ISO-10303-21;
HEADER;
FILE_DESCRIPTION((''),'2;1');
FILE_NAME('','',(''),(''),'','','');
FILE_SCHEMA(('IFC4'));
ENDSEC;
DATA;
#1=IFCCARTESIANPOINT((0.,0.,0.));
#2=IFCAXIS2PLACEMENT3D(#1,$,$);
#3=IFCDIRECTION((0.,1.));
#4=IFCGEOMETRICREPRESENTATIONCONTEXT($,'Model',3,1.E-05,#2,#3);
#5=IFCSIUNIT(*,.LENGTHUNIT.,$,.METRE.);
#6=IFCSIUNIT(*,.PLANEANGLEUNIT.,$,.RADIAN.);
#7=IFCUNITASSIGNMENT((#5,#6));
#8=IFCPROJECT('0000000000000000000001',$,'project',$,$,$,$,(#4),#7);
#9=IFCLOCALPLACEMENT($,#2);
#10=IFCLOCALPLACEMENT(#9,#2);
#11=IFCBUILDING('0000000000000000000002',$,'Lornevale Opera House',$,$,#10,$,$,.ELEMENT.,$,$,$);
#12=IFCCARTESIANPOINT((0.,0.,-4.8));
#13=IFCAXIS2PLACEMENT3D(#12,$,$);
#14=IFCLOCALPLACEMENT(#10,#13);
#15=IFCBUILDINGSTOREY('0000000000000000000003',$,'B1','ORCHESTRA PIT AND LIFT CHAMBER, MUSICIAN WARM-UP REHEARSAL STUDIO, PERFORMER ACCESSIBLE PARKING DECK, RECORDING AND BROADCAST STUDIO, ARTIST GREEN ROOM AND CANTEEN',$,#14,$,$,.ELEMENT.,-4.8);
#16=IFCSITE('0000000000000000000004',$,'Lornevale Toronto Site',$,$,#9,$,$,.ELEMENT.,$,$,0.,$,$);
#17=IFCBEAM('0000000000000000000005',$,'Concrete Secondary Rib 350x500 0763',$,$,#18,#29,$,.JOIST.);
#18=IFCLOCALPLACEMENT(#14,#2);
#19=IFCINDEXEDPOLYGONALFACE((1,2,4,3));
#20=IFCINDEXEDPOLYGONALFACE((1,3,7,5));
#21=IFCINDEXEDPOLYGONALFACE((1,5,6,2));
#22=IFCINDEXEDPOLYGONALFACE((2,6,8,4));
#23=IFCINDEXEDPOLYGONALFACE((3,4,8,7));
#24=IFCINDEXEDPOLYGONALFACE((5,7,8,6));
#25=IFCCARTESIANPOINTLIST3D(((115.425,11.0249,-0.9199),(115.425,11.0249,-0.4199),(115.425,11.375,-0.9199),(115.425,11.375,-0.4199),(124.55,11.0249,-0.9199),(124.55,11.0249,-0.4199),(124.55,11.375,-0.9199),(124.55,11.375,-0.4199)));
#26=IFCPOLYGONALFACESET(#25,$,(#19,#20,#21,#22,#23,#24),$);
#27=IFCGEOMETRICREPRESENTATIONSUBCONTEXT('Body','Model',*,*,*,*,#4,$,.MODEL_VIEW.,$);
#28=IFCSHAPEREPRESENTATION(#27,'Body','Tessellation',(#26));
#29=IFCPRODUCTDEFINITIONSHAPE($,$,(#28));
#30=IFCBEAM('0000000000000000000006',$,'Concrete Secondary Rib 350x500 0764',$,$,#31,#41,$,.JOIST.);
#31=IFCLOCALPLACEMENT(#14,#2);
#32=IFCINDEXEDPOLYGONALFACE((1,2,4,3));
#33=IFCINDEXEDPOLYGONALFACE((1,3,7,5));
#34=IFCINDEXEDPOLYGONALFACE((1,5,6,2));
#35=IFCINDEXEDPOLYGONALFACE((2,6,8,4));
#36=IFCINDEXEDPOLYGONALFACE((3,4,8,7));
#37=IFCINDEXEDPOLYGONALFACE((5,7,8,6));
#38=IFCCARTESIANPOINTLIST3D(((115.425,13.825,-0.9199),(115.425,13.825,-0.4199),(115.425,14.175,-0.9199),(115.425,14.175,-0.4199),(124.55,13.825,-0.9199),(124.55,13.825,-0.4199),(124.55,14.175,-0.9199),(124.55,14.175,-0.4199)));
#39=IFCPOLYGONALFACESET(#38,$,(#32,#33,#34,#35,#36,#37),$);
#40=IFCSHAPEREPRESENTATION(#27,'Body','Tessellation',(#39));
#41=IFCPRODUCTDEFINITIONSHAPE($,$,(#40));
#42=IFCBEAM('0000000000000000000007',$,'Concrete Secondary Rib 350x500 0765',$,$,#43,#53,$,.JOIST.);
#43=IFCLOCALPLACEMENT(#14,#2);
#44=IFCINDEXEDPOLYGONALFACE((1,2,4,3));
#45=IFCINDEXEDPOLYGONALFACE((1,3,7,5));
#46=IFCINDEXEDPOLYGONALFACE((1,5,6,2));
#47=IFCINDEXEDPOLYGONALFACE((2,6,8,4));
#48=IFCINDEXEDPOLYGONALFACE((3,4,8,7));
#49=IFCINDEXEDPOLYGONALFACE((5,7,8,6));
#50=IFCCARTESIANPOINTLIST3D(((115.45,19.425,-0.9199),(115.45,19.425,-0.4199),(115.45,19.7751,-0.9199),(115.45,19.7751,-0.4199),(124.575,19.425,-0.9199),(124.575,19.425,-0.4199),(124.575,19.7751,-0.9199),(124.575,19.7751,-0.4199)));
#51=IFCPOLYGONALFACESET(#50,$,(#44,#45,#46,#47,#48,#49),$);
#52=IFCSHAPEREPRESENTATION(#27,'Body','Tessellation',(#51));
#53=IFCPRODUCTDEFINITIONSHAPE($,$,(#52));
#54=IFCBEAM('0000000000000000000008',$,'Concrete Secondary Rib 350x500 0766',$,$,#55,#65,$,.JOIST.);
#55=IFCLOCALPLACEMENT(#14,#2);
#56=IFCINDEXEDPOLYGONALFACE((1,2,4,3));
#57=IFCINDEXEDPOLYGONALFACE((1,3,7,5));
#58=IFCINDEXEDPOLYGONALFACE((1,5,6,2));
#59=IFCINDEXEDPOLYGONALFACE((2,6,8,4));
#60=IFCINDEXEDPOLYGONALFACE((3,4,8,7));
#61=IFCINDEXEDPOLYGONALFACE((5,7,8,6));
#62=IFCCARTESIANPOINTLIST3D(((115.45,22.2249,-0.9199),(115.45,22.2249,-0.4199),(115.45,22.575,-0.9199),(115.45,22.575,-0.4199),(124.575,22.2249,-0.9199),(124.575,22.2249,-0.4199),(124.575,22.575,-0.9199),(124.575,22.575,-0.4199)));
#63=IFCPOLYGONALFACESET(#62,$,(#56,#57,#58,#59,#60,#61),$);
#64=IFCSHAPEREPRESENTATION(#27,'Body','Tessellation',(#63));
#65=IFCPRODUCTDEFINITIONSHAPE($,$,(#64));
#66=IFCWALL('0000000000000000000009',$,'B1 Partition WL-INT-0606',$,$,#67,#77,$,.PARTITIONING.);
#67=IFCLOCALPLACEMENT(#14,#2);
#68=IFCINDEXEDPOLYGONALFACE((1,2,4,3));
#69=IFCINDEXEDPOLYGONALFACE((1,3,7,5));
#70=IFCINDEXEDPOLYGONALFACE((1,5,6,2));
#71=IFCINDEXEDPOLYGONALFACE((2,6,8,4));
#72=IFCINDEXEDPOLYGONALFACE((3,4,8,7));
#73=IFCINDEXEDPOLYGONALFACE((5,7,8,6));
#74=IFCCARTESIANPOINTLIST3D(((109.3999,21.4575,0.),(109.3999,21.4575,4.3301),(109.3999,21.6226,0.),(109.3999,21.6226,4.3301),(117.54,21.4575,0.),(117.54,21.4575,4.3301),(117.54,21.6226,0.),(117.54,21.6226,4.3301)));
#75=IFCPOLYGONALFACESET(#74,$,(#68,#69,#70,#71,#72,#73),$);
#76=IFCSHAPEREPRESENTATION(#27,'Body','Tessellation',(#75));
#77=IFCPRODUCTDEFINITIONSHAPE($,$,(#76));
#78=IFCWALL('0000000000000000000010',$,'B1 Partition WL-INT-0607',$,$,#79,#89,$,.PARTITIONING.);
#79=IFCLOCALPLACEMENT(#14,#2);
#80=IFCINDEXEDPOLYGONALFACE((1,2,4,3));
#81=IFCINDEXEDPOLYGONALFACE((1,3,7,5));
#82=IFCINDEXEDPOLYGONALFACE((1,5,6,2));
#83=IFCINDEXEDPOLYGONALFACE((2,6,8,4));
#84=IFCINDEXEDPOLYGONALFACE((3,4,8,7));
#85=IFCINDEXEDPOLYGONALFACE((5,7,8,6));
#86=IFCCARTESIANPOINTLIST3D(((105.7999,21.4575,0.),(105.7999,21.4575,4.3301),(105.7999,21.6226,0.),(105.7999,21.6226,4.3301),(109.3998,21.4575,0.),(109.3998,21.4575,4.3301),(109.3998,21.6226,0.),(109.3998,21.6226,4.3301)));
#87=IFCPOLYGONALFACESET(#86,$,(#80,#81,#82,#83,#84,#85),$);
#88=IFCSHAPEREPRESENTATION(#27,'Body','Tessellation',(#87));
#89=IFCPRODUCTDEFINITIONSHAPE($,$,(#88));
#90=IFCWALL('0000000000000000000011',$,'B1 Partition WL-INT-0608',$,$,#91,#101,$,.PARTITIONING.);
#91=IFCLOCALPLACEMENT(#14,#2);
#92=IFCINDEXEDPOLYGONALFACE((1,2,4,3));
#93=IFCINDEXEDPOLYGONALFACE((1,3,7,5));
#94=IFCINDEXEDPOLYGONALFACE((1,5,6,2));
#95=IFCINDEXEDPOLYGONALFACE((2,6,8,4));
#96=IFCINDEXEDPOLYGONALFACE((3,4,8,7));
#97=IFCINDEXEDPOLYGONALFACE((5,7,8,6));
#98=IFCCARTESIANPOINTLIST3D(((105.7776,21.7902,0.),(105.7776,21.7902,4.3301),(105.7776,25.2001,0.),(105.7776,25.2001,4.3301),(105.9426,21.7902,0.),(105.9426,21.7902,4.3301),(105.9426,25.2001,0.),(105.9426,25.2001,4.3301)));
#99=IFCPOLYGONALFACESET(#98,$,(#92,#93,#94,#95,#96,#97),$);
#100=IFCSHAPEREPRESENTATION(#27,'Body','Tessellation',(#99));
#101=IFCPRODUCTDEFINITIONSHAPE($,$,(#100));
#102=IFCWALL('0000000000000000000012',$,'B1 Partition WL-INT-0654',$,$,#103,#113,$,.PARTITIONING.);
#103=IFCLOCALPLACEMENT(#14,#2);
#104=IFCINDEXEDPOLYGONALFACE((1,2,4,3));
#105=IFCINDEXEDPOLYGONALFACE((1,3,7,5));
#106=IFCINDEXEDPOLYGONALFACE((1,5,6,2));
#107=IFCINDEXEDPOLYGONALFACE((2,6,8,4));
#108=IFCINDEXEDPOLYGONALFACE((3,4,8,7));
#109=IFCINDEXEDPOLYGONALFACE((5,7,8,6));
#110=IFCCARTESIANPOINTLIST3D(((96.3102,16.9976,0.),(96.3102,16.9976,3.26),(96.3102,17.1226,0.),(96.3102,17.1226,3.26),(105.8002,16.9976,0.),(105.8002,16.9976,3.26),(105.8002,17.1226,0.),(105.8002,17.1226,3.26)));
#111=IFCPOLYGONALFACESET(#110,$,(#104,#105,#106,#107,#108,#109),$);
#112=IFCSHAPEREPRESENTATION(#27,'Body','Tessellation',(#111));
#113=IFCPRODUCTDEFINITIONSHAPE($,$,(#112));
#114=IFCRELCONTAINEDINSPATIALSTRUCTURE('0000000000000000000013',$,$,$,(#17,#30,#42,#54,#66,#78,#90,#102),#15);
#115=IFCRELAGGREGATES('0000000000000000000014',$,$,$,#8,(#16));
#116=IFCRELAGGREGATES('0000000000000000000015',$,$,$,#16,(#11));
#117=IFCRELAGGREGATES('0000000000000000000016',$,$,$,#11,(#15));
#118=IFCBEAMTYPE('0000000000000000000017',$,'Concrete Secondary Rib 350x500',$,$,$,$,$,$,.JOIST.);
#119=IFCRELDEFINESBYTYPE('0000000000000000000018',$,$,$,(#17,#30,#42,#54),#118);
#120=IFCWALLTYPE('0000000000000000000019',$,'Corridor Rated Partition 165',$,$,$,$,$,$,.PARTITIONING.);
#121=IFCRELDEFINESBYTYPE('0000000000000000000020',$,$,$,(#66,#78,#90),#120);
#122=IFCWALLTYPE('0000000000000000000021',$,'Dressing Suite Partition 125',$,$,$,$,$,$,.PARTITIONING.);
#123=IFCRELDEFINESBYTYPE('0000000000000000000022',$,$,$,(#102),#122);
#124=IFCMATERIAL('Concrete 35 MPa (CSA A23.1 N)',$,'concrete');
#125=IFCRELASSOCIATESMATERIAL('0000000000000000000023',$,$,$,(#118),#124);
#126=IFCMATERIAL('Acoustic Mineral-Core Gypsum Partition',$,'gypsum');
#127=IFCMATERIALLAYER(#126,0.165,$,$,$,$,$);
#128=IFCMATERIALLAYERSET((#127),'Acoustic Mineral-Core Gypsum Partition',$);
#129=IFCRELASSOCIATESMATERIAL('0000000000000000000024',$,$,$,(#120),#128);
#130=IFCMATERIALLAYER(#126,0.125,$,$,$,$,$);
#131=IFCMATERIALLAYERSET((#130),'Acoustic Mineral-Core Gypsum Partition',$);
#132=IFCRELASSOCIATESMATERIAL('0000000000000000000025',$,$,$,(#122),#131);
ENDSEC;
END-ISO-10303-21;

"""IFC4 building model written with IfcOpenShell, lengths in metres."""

from ifc_helpers import new_model, si_unit, direction, frame, frame_2d, origin, origin_2d, place, context, subcontext, project, spatial, rectangle, extrude, material, layer, layer_set, material_profile, profile_set, type_object, element, save


model = new_model("IFC4")

# Units and contexts
model_context = context("Model", 3, precision=1e-05, world=origin(), true_north=direction((0.0, 1.0)))
body_context = subcontext(model_context, "Body", "Model", "MODEL_VIEW")
ifc_project = project(units=[si_unit("LENGTHUNIT", "METRE"), si_unit("PLANEANGLEUNIT", "RADIAN")], contexts=[model_context])

# Site, building, storey
site_placement = place(None, origin())
site = spatial("IfcSite", under=ifc_project, at=site_placement, Name="Lornevale Toronto Site", CompositionType="ELEMENT", RefElevation=0.0)
building_placement = place(site_placement, origin())
building = spatial("IfcBuilding", under=site, at=building_placement, Name="Lornevale Opera House", CompositionType="ELEMENT")
storey_placement = place(building_placement, frame((0.0, 0.0, -4.8)))
storey = spatial("IfcBuildingStorey", under=building, at=storey_placement, Name="B1", Description="ORCHESTRA PIT AND LIFT CHAMBER, MUSICIAN WARM-UP REHEARSAL STUDIO, PERFORMER ACCESSIBLE PARKING DECK, RECORDING AND BROADCAST STUDIO, ARTIST GREEN ROOM AND CANTEEN", CompositionType="ELEMENT", Elevation=-4.8)

# Beams
ifc_material_1 = material(Name="Concrete 35 MPa (CSA A23.1 N)", Category="concrete")
ifc_material_profile_1 = material_profile(ifc_material_1, rectangle(XDim=0.3501, YDim=0.5, at=origin_2d()), Name="RC350x500")
ifc_profile_set_1 = profile_set([ifc_material_profile_1], Name="Concrete 35 MPa (CSA A23.1 N)")
beam_type_1 = type_object("IfcBeamType", Name="Concrete Secondary Rib 350x500", PredefinedType="JOIST", material=ifc_profile_set_1)
for number, where, z_axis, x_axis, name in (
    (1, (115.425, 11.2, -0.6699), (1.0, 0.0, 0.0), (0.0, 1.0, 0.0), "Concrete Secondary Rib 350x500 0763"),
    (2, (115.425, 14.0, -0.6699), (1.0, 0.0, 0.0), (0.0, 1.0, 0.0), "Concrete Secondary Rib 350x500 0764"),
    (3, (115.45, 19.6001, -0.6699), (1.0, 0.0, 0.0), (0.0, 1.0, 0.0), "Concrete Secondary Rib 350x500 0765"),
    (4, (115.45, 22.3999, -0.6699), (1.0, 0.0, 0.0), (0.0, 1.0, 0.0), "Concrete Secondary Rib 350x500 0766"),
):
    element("IfcBeam", number, at=place(storey_placement, frame(where, z_axis=z_axis, x_axis=x_axis)), inside=storey, type_object=beam_type_1, Name=name, PredefinedType="JOIST", context=body_context, shape_type="SweptSolid", body=[
        extrude(rectangle(XDim=0.3501, YDim=0.5, at=origin_2d()), origin(), (0.0, 0.0, 1.0), 9.125),
    ])

# Walls
ifc_material_2 = material(Name="Acoustic Mineral-Core Gypsum Partition", Category="gypsum")
ifc_layer_1 = layer(ifc_material_2, 0.165)
ifc_layer_set_1 = layer_set([ifc_layer_1], Name="Acoustic Mineral-Core Gypsum Partition")
wall_type_1 = type_object("IfcWallType", Name="Corridor Rated Partition 165", PredefinedType="PARTITIONING", material=ifc_layer_set_1)
wall_1_placement = place(storey_placement, frame((109.3999, 21.54, 0.0), z_axis=(0.0, 0.0, 1.0), x_axis=(1.0, 0.0, 0.0)))
element("IfcWall", 5, at=wall_1_placement, inside=storey, type_object=wall_type_1, Name="B1 Partition WL-INT-0606", PredefinedType="PARTITIONING", context=body_context, shape_type="SweptSolid", body=[
    extrude(rectangle(XDim=8.1401, YDim=0.165, at=frame_2d((4.0701, 0.0))), origin(), (0.0, 0.0, 1.0), 4.3301),
])
wall_2_placement = place(storey_placement, frame((105.8, 21.54, 0.0), z_axis=(0.0, 0.0, 1.0), x_axis=(1.0, 0.0, 0.0)))
element("IfcWall", 6, at=wall_2_placement, inside=storey, type_object=wall_type_1, Name="B1 Partition WL-INT-0607", PredefinedType="PARTITIONING", context=body_context, shape_type="SweptSolid", body=[
    extrude(rectangle(XDim=3.5999, YDim=0.165, at=frame_2d((1.7998, 0.0))), origin(), (0.0, 0.0, 1.0), 4.3301),
])
wall_3_placement = place(storey_placement, frame((105.8601, 21.79, 0.0), z_axis=(0.0, 0.0, 1.0), x_axis=(0.0, 1.0, 0.0)))
element("IfcWall", 7, at=wall_3_placement, inside=storey, type_object=wall_type_1, Name="B1 Partition WL-INT-0608", PredefinedType="PARTITIONING", context=body_context, shape_type="SweptSolid", body=[
    extrude(rectangle(XDim=3.4099, YDim=0.165, at=frame_2d((1.7051, 0.0))), origin(), (0.0, 0.0, 1.0), 4.3301),
])
ifc_layer_2 = layer(ifc_material_2, 0.125)
ifc_layer_set_2 = layer_set([ifc_layer_2], Name="Acoustic Mineral-Core Gypsum Partition")
wall_type_2 = type_object("IfcWallType", Name="Dressing Suite Partition 125", PredefinedType="PARTITIONING", material=ifc_layer_set_2)
wall_4_placement = place(storey_placement, frame((96.3101, 17.0601, 0.0), z_axis=(0.0, 0.0, 1.0), x_axis=(1.0, 0.0, 0.0)))
element("IfcWall", 8, at=wall_4_placement, inside=storey, type_object=wall_type_2, Name="B1 Partition WL-INT-0654", PredefinedType="PARTITIONING", context=body_context, shape_type="SweptSolid", body=[
    extrude(rectangle(XDim=9.49, YDim=0.125, at=frame_2d((4.7451, 0.0))), origin(), (0.0, 0.0, 1.0), 3.26),
])

save(model, "model.ifc")
